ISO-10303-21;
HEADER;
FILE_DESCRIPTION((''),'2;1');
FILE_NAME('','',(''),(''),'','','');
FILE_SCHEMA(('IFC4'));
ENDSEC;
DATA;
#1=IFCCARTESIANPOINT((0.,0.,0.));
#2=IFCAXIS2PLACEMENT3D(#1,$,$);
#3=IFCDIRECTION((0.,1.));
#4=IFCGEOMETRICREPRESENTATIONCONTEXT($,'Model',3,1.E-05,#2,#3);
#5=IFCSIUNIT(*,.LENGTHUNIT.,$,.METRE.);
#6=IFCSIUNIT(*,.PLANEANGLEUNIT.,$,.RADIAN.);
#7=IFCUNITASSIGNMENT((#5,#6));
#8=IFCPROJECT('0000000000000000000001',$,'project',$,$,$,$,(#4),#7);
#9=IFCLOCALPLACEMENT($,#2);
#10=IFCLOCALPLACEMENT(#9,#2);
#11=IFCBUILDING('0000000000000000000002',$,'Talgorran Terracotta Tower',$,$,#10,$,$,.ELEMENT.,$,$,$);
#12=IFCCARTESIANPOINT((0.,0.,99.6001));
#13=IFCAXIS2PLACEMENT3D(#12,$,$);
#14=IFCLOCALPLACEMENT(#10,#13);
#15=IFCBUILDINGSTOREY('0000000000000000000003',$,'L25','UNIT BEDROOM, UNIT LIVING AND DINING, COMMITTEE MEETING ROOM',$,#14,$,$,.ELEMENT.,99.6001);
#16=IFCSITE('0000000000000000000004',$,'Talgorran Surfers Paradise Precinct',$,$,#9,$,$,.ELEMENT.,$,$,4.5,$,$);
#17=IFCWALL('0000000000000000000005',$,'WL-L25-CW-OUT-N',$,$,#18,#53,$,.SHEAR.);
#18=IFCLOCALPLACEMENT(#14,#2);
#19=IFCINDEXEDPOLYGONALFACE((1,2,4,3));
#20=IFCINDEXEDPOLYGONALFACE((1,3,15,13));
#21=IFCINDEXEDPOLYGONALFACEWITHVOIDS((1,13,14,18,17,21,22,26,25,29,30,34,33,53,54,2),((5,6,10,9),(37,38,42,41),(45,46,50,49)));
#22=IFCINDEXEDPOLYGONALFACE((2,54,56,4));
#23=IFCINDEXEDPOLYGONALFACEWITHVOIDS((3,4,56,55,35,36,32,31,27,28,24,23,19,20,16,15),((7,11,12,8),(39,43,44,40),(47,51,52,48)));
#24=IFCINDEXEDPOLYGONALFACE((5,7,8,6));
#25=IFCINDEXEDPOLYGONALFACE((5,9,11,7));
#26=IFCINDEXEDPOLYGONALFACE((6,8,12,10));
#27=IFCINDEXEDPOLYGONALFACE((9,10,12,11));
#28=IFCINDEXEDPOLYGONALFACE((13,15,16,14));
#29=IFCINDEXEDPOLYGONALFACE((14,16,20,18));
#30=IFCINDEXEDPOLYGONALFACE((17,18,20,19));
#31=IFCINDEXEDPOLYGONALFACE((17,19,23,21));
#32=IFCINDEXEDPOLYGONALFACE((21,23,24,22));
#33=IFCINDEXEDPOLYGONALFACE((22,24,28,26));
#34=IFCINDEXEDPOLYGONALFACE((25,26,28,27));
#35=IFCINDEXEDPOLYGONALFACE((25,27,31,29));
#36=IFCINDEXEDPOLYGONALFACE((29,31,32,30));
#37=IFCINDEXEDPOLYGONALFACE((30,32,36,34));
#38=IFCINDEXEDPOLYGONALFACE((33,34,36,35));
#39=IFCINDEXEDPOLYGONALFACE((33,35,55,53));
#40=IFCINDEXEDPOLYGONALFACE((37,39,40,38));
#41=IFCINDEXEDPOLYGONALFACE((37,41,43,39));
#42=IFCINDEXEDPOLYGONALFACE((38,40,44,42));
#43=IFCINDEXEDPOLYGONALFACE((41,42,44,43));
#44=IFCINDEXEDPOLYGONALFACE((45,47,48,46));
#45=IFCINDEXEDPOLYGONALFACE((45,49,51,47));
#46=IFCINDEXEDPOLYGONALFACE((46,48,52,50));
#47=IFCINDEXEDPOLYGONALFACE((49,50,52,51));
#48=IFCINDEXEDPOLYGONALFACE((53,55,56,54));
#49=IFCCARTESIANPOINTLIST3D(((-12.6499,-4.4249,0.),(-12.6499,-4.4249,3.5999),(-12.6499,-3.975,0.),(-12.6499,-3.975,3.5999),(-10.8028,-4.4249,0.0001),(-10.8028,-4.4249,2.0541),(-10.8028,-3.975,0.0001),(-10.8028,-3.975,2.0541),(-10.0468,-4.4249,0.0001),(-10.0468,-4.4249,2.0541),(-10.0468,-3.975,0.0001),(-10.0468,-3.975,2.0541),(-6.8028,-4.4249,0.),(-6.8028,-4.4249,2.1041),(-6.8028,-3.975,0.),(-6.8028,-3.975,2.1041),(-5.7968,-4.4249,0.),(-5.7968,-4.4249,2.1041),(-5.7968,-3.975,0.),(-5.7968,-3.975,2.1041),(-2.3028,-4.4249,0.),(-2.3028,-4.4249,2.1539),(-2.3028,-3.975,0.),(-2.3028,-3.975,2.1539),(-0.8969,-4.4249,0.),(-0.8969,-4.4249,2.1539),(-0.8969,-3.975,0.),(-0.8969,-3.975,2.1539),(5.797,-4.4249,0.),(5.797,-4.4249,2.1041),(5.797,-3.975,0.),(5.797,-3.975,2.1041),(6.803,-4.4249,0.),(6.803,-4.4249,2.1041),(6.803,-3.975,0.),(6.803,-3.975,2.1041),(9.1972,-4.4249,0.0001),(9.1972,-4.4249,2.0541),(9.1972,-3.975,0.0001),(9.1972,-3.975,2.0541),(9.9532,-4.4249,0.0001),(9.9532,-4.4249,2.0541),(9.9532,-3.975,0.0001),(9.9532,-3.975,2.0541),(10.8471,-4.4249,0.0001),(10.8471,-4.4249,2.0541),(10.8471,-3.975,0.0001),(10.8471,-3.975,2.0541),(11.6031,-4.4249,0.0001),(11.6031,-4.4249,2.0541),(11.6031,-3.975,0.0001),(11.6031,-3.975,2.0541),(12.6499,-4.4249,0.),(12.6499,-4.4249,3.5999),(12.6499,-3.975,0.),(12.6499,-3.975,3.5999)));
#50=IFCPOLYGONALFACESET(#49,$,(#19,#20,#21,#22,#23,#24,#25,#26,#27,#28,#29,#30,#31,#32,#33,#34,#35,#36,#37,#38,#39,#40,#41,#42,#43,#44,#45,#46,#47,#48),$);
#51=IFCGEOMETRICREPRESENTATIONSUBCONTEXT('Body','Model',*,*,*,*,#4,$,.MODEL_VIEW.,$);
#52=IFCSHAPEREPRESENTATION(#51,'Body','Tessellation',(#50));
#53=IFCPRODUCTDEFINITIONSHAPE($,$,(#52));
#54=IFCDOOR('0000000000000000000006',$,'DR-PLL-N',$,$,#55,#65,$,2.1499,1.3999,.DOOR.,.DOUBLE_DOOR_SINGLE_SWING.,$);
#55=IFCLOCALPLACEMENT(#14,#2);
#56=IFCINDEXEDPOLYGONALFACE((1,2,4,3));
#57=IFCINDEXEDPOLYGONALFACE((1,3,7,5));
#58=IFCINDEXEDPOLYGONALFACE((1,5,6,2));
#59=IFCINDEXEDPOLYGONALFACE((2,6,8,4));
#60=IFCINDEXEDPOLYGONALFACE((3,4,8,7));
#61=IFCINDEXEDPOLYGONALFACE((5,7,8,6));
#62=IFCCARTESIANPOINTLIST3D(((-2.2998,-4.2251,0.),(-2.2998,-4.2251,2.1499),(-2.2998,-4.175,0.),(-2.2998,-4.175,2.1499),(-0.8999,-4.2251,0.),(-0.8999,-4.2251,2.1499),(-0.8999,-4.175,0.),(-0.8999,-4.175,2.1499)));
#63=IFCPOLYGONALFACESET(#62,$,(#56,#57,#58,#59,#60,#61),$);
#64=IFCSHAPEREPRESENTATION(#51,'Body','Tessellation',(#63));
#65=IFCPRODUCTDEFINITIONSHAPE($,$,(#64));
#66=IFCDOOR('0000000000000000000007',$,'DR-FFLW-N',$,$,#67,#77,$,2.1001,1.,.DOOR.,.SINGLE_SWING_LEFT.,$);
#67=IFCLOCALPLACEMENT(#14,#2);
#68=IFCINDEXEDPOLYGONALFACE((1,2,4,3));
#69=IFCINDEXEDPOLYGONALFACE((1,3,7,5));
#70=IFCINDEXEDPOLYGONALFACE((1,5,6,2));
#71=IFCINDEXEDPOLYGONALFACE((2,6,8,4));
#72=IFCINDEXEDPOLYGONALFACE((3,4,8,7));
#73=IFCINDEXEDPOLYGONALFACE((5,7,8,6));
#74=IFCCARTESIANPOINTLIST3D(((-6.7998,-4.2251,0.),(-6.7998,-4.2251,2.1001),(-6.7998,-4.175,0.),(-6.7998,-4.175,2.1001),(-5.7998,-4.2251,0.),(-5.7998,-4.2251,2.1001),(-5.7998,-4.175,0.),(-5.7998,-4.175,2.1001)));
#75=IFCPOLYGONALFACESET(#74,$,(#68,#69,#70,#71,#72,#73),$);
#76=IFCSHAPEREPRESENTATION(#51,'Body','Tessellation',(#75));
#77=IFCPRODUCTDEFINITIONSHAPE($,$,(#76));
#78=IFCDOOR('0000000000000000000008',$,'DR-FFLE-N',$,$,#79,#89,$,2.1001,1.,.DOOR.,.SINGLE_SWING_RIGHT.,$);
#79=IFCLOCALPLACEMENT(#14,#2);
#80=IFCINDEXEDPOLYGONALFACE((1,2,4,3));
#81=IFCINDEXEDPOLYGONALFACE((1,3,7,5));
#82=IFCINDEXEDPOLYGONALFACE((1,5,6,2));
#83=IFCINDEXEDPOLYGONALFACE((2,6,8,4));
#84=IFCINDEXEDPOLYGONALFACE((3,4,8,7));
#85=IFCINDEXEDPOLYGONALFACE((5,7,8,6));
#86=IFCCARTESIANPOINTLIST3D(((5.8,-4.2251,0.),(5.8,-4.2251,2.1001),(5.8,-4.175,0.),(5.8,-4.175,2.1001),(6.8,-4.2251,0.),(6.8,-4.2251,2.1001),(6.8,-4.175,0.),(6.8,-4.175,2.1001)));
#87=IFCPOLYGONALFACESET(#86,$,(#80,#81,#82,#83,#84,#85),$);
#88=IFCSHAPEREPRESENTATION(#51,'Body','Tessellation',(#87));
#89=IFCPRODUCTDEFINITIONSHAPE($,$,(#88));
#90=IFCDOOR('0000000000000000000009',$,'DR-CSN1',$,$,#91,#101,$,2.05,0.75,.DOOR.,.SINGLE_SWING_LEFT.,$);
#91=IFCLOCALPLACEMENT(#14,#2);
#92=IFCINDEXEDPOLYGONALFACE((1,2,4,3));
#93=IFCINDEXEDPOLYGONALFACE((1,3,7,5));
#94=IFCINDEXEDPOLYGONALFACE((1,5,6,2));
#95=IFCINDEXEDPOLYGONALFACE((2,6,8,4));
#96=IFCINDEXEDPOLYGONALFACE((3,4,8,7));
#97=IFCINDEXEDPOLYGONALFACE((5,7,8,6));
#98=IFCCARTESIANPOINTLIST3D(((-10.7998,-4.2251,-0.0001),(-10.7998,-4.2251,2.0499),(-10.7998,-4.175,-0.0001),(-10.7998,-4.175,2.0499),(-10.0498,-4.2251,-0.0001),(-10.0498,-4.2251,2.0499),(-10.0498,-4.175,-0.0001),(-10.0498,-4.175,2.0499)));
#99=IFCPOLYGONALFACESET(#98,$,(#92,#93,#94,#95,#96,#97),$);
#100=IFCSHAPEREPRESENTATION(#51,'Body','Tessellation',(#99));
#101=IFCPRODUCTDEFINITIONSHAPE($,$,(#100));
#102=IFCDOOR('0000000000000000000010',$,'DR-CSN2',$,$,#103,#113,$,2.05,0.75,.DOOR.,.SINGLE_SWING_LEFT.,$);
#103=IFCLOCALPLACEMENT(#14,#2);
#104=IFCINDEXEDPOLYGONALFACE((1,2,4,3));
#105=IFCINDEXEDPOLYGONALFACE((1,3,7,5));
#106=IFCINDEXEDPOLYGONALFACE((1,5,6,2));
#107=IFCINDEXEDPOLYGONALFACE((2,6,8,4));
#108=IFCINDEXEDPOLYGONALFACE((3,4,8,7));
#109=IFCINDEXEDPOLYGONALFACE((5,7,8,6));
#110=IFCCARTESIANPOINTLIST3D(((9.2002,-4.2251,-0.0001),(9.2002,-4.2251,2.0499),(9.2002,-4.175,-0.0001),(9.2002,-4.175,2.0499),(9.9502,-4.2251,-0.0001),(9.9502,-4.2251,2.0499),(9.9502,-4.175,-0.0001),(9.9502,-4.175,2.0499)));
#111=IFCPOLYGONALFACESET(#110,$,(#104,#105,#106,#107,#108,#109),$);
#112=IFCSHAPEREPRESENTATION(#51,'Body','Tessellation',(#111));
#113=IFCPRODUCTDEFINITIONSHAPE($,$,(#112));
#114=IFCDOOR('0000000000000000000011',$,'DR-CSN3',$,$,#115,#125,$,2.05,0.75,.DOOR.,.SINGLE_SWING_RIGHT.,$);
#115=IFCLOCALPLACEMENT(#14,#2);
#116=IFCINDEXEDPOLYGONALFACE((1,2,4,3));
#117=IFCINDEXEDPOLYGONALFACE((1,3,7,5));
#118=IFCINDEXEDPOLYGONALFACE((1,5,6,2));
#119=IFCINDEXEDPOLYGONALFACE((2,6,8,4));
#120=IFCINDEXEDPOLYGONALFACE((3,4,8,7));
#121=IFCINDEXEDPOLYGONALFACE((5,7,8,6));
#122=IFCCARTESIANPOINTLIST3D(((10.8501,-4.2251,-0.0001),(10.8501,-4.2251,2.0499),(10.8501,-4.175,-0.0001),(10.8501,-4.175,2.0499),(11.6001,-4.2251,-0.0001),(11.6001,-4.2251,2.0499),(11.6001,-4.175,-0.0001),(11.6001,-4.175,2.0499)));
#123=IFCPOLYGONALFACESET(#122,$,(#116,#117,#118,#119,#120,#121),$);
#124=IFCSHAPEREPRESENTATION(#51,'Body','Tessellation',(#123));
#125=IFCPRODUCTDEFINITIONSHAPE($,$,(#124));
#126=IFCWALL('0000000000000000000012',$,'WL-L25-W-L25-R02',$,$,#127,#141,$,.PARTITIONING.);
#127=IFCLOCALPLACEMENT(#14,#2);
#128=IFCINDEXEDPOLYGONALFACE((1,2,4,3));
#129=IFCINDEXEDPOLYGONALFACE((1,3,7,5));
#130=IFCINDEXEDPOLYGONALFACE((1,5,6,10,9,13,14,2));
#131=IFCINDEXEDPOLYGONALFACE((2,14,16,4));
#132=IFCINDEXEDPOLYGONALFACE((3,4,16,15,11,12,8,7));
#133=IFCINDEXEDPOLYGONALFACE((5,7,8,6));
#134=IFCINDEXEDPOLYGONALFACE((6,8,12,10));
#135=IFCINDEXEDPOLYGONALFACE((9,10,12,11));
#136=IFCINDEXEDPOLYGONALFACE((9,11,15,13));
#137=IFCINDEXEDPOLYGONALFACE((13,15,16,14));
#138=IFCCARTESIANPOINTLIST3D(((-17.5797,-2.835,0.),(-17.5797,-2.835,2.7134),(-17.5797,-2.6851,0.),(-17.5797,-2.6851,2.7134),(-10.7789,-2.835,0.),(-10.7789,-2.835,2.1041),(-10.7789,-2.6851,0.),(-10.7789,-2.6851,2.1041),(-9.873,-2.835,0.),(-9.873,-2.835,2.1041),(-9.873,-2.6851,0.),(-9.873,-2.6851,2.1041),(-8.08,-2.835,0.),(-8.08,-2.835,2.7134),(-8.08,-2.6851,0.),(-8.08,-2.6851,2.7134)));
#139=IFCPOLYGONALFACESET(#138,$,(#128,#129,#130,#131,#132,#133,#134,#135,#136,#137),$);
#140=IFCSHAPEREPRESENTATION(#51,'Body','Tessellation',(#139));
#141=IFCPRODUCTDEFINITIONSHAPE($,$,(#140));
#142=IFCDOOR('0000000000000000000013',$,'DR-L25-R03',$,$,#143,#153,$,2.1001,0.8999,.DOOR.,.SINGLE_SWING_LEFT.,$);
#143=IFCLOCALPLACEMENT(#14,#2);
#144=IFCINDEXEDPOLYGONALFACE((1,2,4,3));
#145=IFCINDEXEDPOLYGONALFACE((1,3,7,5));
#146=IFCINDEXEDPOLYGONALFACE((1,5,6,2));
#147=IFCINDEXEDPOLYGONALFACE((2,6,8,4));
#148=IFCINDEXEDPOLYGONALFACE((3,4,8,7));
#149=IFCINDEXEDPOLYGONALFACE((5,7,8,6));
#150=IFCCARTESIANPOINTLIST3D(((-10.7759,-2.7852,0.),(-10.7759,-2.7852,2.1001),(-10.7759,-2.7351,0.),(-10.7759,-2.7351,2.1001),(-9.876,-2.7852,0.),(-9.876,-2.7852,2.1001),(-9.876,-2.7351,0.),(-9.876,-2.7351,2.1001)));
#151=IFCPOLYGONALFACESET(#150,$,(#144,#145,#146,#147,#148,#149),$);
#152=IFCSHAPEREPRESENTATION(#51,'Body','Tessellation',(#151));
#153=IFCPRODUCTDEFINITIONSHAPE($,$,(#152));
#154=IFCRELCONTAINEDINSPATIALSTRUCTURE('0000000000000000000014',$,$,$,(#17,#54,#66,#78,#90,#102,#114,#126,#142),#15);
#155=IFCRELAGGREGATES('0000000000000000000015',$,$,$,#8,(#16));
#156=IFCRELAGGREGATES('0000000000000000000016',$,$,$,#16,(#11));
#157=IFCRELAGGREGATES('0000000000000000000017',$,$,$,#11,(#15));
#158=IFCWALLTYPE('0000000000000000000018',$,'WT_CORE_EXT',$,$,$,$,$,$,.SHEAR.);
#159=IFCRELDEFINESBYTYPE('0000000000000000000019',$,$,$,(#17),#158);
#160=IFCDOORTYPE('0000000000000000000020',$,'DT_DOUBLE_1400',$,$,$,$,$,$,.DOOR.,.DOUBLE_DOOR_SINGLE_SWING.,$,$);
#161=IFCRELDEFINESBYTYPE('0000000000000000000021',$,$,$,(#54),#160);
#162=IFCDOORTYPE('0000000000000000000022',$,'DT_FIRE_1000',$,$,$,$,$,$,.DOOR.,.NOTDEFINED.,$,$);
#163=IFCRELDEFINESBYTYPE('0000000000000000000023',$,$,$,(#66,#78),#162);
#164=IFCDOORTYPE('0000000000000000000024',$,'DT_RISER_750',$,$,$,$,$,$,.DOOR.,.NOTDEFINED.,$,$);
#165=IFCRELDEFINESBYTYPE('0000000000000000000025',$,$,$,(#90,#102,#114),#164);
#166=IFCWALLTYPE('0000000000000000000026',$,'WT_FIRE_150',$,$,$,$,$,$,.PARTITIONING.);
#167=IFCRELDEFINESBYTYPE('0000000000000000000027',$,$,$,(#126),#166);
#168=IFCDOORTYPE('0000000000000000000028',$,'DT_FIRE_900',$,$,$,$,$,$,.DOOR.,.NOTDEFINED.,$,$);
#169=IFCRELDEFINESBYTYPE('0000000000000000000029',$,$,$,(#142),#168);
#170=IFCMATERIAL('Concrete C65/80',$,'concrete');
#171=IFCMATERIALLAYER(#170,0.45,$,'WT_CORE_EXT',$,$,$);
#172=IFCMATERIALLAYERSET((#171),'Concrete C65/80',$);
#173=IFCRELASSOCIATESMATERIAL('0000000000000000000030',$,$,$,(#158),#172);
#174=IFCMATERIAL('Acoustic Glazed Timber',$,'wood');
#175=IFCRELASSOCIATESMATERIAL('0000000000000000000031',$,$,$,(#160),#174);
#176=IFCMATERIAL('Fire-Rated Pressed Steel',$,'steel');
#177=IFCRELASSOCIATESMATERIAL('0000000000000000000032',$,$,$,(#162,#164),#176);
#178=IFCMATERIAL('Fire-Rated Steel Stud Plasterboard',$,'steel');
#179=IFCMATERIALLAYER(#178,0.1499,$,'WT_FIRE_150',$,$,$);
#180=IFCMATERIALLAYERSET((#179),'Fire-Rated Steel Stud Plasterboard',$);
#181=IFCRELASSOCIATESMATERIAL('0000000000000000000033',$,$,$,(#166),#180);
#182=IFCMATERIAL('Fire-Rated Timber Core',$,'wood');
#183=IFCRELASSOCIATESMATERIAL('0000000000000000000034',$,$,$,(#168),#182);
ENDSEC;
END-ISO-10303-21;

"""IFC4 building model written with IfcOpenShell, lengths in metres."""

from ifc_helpers import new_model, si_unit, direction, frame, frame_2d, origin, place, context, subcontext, project, spatial, rectangle, extrude, material, layer, layer_set, type_object, element, fill, save


model = new_model("IFC4")

# Units and contexts
model_context = context("Model", 3, precision=1e-05, world=origin(), true_north=direction((0.0, 1.0)))
body_context = subcontext(model_context, "Body", "Model", "MODEL_VIEW")
ifc_project = project(units=[si_unit("LENGTHUNIT", "METRE"), si_unit("PLANEANGLEUNIT", "RADIAN")], contexts=[model_context])

# Site, building, storey
site_placement = place(None, origin())
site = spatial("IfcSite", under=ifc_project, at=site_placement, Name="Talgorran Surfers Paradise Precinct", CompositionType="ELEMENT", RefElevation=4.5)
building_placement = place(site_placement, origin())
building = spatial("IfcBuilding", under=site, at=building_placement, Name="Talgorran Terracotta Tower", CompositionType="ELEMENT")
storey_placement = place(building_placement, frame((0.0, 0.0, 99.6001)))
storey = spatial("IfcBuildingStorey", under=building, at=storey_placement, Name="L25", Description="UNIT BEDROOM, UNIT LIVING AND DINING, COMMITTEE MEETING ROOM", CompositionType="ELEMENT", Elevation=99.6001)

# Wall, openings, doors
ifc_material_1 = material(Name="Concrete C65/80", Category="concrete")
ifc_layer_1 = layer(ifc_material_1, 0.45, Name="WT_CORE_EXT")
ifc_layer_set_1 = layer_set([ifc_layer_1], Name="Concrete C65/80")
wall_type_1 = type_object("IfcWallType", Name="WT_CORE_EXT", PredefinedType="SHEAR", material=ifc_layer_set_1)
wall_1_placement = place(storey_placement, frame((-12.6499, -4.2, 0.0), z_axis=(0.0, 0.0, 1.0), x_axis=(1.0, 0.0, 0.0)))
wall_1 = element("IfcWall", 1, at=wall_1_placement, inside=storey, type_object=wall_type_1, Name="WL-L25-CW-OUT-N", PredefinedType="SHEAR", context=body_context, shape_type="SweptSolid", body=[
    extrude(rectangle(XDim=25.2998, YDim=0.45, at=frame_2d((12.6499, 0.0))), origin(), (0.0, 0.0, 1.0), 3.5999),
])
opening_1_placement = place(wall_1_placement, frame((1.8501, 0.0, 0.0)))
opening_1 = element("IfcOpeningElement", 2, at=opening_1_placement, cuts=wall_1, PredefinedType="OPENING", context=body_context, shape_type="SweptSolid", body=[
    extrude(rectangle(XDim=0.756, YDim=2.054, at=frame_2d((0.375, 1.0271))), frame((0.0, 0.2349, 0.0), z_axis=(0.0, -1.0, 0.0), x_axis=(1.0, 0.0, 0.0)), (0.0, 0.0, 1.0), 0.47),
])
opening_2_placement = place(wall_1_placement, frame((21.8501, 0.0, 0.0)))
opening_2 = element("IfcOpeningElement", 3, at=opening_2_placement, cuts=wall_1, PredefinedType="OPENING", context=body_context, shape_type="SweptSolid", body=[
    extrude(rectangle(XDim=0.756, YDim=2.054, at=frame_2d((0.375, 1.0271))), frame((0.0, 0.2349, 0.0), z_axis=(0.0, -1.0, 0.0), x_axis=(1.0, 0.0, 0.0)), (0.0, 0.0, 1.0), 0.47),
])
opening_3_placement = place(wall_1_placement, frame((23.5, 0.0, 0.0)))
opening_3 = element("IfcOpeningElement", 4, at=opening_3_placement, cuts=wall_1, PredefinedType="OPENING", context=body_context, shape_type="SweptSolid", body=[
    extrude(rectangle(XDim=0.756, YDim=2.054, at=frame_2d((0.375, 1.0271))), frame((0.0, 0.2349, 0.0), z_axis=(0.0, -1.0, 0.0), x_axis=(1.0, 0.0, 0.0)), (0.0, 0.0, 1.0), 0.47),
])
opening_4_placement = place(wall_1_placement, frame((5.8501, 0.0, 0.0)))
opening_4 = element("IfcOpeningElement", 5, at=opening_4_placement, cuts=wall_1, PredefinedType="OPENING", context=body_context, shape_type="SweptSolid", body=[
    extrude(rectangle(XDim=1.006, YDim=2.1041, at=frame_2d((0.5, 1.052))), frame((0.0, 0.2349, 0.0), z_axis=(0.0, -1.0, 0.0), x_axis=(1.0, 0.0, 0.0)), (0.0, 0.0, 1.0), 0.47),
])
opening_5_placement = place(wall_1_placement, frame((10.3501, 0.0, 0.0)))
opening_5 = element("IfcOpeningElement", 6, at=opening_5_placement, cuts=wall_1, PredefinedType="OPENING", context=body_context, shape_type="SweptSolid", body=[
    extrude(rectangle(XDim=1.4059, YDim=2.1539, at=frame_2d((0.7, 1.0769))), frame((0.0, 0.2349, 0.0), z_axis=(0.0, -1.0, 0.0), x_axis=(1.0, 0.0, 0.0)), (0.0, 0.0, 1.0), 0.47),
])
opening_6_placement = place(wall_1_placement, frame((18.45, 0.0, 0.0)))
opening_6 = element("IfcOpeningElement", 7, at=opening_6_placement, cuts=wall_1, PredefinedType="OPENING", context=body_context, shape_type="SweptSolid", body=[
    extrude(rectangle(XDim=1.006, YDim=2.1041, at=frame_2d((0.5, 1.052))), frame((0.0, 0.2349, 0.0), z_axis=(0.0, -1.0, 0.0), x_axis=(1.0, 0.0, 0.0)), (0.0, 0.0, 1.0), 0.47),
])
ifc_material_2 = material(Name="Acoustic Glazed Timber", Category="wood")
door_type_1 = type_object("IfcDoorType", Name="DT_DOUBLE_1400", OperationType="DOUBLE_DOOR_SINGLE_SWING", PredefinedType="DOOR", material=ifc_material_2)
door_1_placement = place(opening_5_placement, origin())
door_1 = element("IfcDoor", 8, at=door_1_placement, inside=storey, type_object=door_type_1, Name="DR-PLL-N", OperationType="DOUBLE_DOOR_SINGLE_SWING", OverallHeight=2.1499, OverallWidth=1.3999, PredefinedType="DOOR", context=body_context, shape_type="SweptSolid", body=[
    extrude(rectangle(XDim=1.3999, YDim=2.1499, at=frame_2d((0.7, 1.075))), frame((0.0, 0.0249, 0.0), z_axis=(0.0, -1.0, 0.0), x_axis=(1.0, 0.0, 0.0)), (0.0, 0.0, 1.0), 0.05),
])
fill(opening_5, door_1)
ifc_material_3 = material(Name="Fire-Rated Pressed Steel", Category="steel")
door_type_2 = type_object("IfcDoorType", Name="DT_FIRE_1000", OperationType="NOTDEFINED", PredefinedType="DOOR", material=ifc_material_3)
door_2_placement = place(opening_4_placement, origin())
door_2 = element("IfcDoor", 9, at=door_2_placement, inside=storey, type_object=door_type_2, Name="DR-FFLW-N", OperationType="SINGLE_SWING_LEFT", OverallHeight=2.1001, OverallWidth=1.0, PredefinedType="DOOR", context=body_context, shape_type="SweptSolid", body=[
    extrude(rectangle(XDim=1.0, YDim=2.1001, at=frame_2d((0.5, 1.05))), frame((0.0, 0.0249, 0.0), z_axis=(0.0, -1.0, 0.0), x_axis=(1.0, 0.0, 0.0)), (0.0, 0.0, 1.0), 0.05),
])
fill(opening_4, door_2)
door_3_placement = place(opening_6_placement, origin())
door_3 = element("IfcDoor", 10, at=door_3_placement, inside=storey, type_object=door_type_2, Name="DR-FFLE-N", OperationType="SINGLE_SWING_RIGHT", OverallHeight=2.1001, OverallWidth=1.0, PredefinedType="DOOR", context=body_context, shape_type="SweptSolid", body=[
    extrude(rectangle(XDim=1.0, YDim=2.1001, at=frame_2d((0.5, 1.05))), frame((0.0, 0.0249, 0.0), z_axis=(0.0, -1.0, 0.0), x_axis=(1.0, 0.0, 0.0)), (0.0, 0.0, 1.0), 0.05),
])
fill(opening_6, door_3)
door_type_3 = type_object("IfcDoorType", Name="DT_RISER_750", OperationType="NOTDEFINED", PredefinedType="DOOR", material=ifc_material_3)
door_4_placement = place(opening_1_placement, origin())
door_4 = element("IfcDoor", 11, at=door_4_placement, inside=storey, type_object=door_type_3, Name="DR-CSN1", OperationType="SINGLE_SWING_LEFT", OverallHeight=2.05, OverallWidth=0.75, PredefinedType="DOOR", context=body_context, shape_type="SweptSolid", body=[
    extrude(rectangle(XDim=0.75, YDim=2.05, at=frame_2d((0.375, 1.0249))), frame((0.0, 0.0249, 0.0), z_axis=(0.0, -1.0, 0.0), x_axis=(1.0, 0.0, 0.0)), (0.0, 0.0, 1.0), 0.05),
])
fill(opening_1, door_4)
door_5_placement = place(opening_2_placement, origin())
door_5 = element("IfcDoor", 12, at=door_5_placement, inside=storey, type_object=door_type_3, Name="DR-CSN2", OperationType="SINGLE_SWING_LEFT", OverallHeight=2.05, OverallWidth=0.75, PredefinedType="DOOR", context=body_context, shape_type="SweptSolid", body=[
    extrude(rectangle(XDim=0.75, YDim=2.05, at=frame_2d((0.375, 1.0249))), frame((0.0, 0.0249, 0.0), z_axis=(0.0, -1.0, 0.0), x_axis=(1.0, 0.0, 0.0)), (0.0, 0.0, 1.0), 0.05),
])
fill(opening_2, door_5)
door_6_placement = place(opening_3_placement, origin())
door_6 = element("IfcDoor", 13, at=door_6_placement, inside=storey, type_object=door_type_3, Name="DR-CSN3", OperationType="SINGLE_SWING_RIGHT", OverallHeight=2.05, OverallWidth=0.75, PredefinedType="DOOR", context=body_context, shape_type="SweptSolid", body=[
    extrude(rectangle(XDim=0.75, YDim=2.05, at=frame_2d((0.375, 1.0249))), frame((0.0, 0.0249, 0.0), z_axis=(0.0, -1.0, 0.0), x_axis=(1.0, 0.0, 0.0)), (0.0, 0.0, 1.0), 0.05),
])
fill(opening_3, door_6)

# Wall, opening, door
ifc_material_4 = material(Name="Fire-Rated Steel Stud Plasterboard", Category="steel")
ifc_layer_2 = layer(ifc_material_4, 0.1499, Name="WT_FIRE_150")
ifc_layer_set_2 = layer_set([ifc_layer_2], Name="Fire-Rated Steel Stud Plasterboard")
wall_type_2 = type_object("IfcWallType", Name="WT_FIRE_150", PredefinedType="PARTITIONING", material=ifc_layer_set_2)
wall_2_placement = place(storey_placement, frame((-17.5798, -2.76, 0.0), z_axis=(0.0, 0.0, 1.0), x_axis=(1.0, 0.0, 0.0)))
wall_2 = element("IfcWall", 14, at=wall_2_placement, inside=storey, type_object=wall_type_2, Name="WL-L25-W-L25-R02", PredefinedType="PARTITIONING", context=body_context, shape_type="SweptSolid", body=[
    extrude(rectangle(XDim=9.4998, YDim=0.1499, at=frame_2d((4.75, 0.0))), origin(), (0.0, 0.0, 1.0), 2.7134),
])
opening_7_placement = place(wall_2_placement, frame((6.804, 0.0, 0.0)))
opening_7 = element("IfcOpeningElement", 15, at=opening_7_placement, cuts=wall_2, PredefinedType="OPENING", context=body_context, shape_type="SweptSolid", body=[
    extrude(rectangle(XDim=0.9059, YDim=2.1041, at=frame_2d((0.45, 1.052))), frame((0.0, 0.085, 0.0), z_axis=(0.0, -1.0, 0.0), x_axis=(1.0, 0.0, 0.0)), (0.0, 0.0, 1.0), 0.1699),
])
ifc_material_5 = material(Name="Fire-Rated Timber Core", Category="wood")
door_type_4 = type_object("IfcDoorType", Name="DT_FIRE_900", OperationType="NOTDEFINED", PredefinedType="DOOR", material=ifc_material_5)
door_7_placement = place(opening_7_placement, origin())
door_7 = element("IfcDoor", 16, at=door_7_placement, inside=storey, type_object=door_type_4, Name="DR-L25-R03", OperationType="SINGLE_SWING_LEFT", OverallHeight=2.1001, OverallWidth=0.8999, PredefinedType="DOOR", context=body_context, shape_type="SweptSolid", body=[
    extrude(rectangle(XDim=0.8999, YDim=2.1001, at=frame_2d((0.45, 1.05))), frame((0.0, 0.0249, 0.0), z_axis=(0.0, -1.0, 0.0), x_axis=(1.0, 0.0, 0.0)), (0.0, 0.0, 1.0), 0.05),
])
fill(opening_7, door_7)

save(model, "model.ifc")
